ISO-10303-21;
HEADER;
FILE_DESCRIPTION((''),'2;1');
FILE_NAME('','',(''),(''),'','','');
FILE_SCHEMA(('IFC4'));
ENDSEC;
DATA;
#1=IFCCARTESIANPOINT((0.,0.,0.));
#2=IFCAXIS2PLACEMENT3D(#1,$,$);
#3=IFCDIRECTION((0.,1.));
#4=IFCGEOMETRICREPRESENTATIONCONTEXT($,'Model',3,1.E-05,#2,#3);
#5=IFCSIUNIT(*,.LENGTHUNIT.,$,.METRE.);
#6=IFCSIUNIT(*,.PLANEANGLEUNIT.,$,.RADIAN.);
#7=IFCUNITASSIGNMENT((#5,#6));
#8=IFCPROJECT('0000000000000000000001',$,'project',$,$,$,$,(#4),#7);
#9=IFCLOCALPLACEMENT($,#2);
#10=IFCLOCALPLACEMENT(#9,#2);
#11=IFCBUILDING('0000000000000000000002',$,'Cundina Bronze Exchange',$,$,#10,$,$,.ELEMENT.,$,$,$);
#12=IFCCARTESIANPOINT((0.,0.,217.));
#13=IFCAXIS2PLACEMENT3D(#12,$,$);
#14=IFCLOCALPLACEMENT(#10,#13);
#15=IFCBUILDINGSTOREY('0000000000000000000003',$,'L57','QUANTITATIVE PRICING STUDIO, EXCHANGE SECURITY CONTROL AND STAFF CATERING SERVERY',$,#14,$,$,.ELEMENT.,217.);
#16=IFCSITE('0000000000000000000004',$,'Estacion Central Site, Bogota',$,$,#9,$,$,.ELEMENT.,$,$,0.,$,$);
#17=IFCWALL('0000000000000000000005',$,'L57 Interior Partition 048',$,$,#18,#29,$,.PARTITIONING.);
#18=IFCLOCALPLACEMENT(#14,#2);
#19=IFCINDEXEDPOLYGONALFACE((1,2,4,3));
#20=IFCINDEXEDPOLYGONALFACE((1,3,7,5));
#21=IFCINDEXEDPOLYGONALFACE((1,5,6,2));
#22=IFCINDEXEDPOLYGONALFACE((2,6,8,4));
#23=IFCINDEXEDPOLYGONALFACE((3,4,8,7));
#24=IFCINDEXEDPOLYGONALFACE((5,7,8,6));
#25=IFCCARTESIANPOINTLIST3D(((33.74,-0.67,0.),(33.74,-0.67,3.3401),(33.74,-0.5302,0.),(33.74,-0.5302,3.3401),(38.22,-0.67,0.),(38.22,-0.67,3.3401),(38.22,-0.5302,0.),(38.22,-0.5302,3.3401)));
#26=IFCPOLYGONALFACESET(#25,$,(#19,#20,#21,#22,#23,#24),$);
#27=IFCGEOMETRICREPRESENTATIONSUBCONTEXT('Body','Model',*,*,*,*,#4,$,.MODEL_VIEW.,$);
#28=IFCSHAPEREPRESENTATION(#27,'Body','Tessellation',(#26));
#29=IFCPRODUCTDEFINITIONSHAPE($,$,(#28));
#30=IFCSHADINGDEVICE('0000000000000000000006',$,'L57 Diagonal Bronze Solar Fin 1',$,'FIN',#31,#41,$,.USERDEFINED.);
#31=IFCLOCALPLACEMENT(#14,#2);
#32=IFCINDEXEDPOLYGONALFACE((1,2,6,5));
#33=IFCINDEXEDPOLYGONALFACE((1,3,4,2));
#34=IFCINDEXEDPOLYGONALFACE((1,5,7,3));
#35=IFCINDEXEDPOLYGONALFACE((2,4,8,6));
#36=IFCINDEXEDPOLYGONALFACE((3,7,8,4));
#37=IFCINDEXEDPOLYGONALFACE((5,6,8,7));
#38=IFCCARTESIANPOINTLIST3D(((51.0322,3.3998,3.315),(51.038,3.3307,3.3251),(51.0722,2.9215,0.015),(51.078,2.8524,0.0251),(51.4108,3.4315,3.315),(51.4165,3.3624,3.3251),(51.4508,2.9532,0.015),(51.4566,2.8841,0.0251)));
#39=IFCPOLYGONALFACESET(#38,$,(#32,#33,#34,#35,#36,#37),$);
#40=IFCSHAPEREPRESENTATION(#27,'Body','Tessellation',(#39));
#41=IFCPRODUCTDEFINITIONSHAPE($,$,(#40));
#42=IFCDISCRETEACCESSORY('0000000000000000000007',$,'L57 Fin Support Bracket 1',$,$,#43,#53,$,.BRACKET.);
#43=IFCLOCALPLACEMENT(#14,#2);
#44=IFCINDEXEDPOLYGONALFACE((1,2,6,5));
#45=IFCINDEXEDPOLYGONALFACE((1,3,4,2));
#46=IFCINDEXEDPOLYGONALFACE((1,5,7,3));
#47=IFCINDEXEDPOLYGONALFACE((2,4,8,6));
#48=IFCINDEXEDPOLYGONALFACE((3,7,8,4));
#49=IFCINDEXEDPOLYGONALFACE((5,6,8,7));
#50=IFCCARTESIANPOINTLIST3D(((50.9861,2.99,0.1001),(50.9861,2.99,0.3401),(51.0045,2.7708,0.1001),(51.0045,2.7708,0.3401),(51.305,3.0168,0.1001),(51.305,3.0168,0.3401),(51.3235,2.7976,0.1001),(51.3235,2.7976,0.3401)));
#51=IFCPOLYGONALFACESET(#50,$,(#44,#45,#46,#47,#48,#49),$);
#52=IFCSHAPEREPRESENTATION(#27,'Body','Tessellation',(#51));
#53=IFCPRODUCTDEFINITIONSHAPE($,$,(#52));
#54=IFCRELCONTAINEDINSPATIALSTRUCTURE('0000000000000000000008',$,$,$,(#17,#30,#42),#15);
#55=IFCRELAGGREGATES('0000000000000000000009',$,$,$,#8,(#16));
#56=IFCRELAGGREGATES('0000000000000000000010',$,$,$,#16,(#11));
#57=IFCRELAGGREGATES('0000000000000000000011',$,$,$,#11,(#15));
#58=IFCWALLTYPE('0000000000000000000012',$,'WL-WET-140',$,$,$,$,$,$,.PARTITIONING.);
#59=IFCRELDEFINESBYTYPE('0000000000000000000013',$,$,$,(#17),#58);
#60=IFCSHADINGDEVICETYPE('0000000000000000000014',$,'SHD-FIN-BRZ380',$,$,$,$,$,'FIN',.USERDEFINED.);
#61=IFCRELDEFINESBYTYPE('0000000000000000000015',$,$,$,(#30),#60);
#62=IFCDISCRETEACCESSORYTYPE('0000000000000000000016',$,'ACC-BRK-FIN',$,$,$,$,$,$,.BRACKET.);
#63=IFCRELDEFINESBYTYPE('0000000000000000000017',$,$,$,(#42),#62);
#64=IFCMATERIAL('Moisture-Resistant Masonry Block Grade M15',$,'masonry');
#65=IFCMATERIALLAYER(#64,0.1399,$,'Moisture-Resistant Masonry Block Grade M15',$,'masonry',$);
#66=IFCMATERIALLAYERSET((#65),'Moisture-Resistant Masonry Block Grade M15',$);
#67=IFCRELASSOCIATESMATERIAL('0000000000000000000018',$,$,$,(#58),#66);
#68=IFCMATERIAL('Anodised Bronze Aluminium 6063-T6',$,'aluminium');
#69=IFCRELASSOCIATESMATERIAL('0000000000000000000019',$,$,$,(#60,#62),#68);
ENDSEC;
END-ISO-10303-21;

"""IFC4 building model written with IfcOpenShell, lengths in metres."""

from ifc_helpers import new_model, si_unit, direction, frame, frame_2d, origin, origin_2d, place, context, subcontext, project, spatial, rectangle, extrude, material, layer, layer_set, material_profile, profile_set, type_object, element, save


model = new_model("IFC4")

# Units and contexts
model_context = context("Model", 3, precision=1e-05, world=origin(), true_north=direction((0.0, 1.0)))
body_context = subcontext(model_context, "Body", "Model", "MODEL_VIEW")
ifc_project = project(units=[si_unit("LENGTHUNIT", "METRE"), si_unit("PLANEANGLEUNIT", "RADIAN")], contexts=[model_context])

# Site, building, storey
site_placement = place(None, origin())
site = spatial("IfcSite", under=ifc_project, at=site_placement, Name="Estacion Central Site, Bogota", CompositionType="ELEMENT", RefElevation=0.0)
building_placement = place(site_placement, origin())
building = spatial("IfcBuilding", under=site, at=building_placement, Name="Cundina Bronze Exchange", CompositionType="ELEMENT")
storey_placement = place(building_placement, frame((0.0, 0.0, 217.0)))
storey = spatial("IfcBuildingStorey", under=building, at=storey_placement, Name="L57", Description="QUANTITATIVE PRICING STUDIO, EXCHANGE SECURITY CONTROL AND STAFF CATERING SERVERY", CompositionType="ELEMENT", Elevation=217.0)

# Shared definitions
ifc_material_1 = material(Name="Anodised Bronze Aluminium 6063-T6", Category="aluminium")

# Wall
ifc_material_2 = material(Name="Moisture-Resistant Masonry Block Grade M15", Category="masonry")
ifc_layer_1 = layer(ifc_material_2, 0.1399, Name="Moisture-Resistant Masonry Block Grade M15", Category="masonry")
ifc_layer_set_1 = layer_set([ifc_layer_1], Name="Moisture-Resistant Masonry Block Grade M15")
wall_type_1 = type_object("IfcWallType", Name="WL-WET-140", PredefinedType="PARTITIONING", material=ifc_layer_set_1)
wall_1_placement = place(storey_placement, frame((33.74, -0.6001, 0.0), z_axis=(0.0, 0.0, 1.0), x_axis=(1.0, 0.0, 0.0)))
element("IfcWall", 1, at=wall_1_placement, inside=storey, type_object=wall_type_1, Name="L57 Interior Partition 048", PredefinedType="PARTITIONING", context=body_context, shape_type="SweptSolid", body=[
    extrude(rectangle(XDim=4.48, YDim=0.1399, at=frame_2d((2.24, 0.0))), origin(), (0.0, 0.0, 1.0), 3.3401),
])

# Shading device
ifc_material_profile_1 = material_profile(ifc_material_1, rectangle(XDim=0.0701, YDim=0.3799, at=origin_2d()), Name="FIN70X380", Category="aluminium")
ifc_profile_set_1 = profile_set([ifc_material_profile_1], Name="Anodised Bronze Aluminium 6063-T6")
shading_device_type = type_object("IfcShadingDeviceType", Name="SHD-FIN-BRZ380", ElementType="FIN", PredefinedType="USERDEFINED", material=ifc_profile_set_1)
shading_device_placement = place(storey_placement, frame((51.2644, 2.9028, 0.02), z_axis=(-0.012007, 0.14342, 0.989589), x_axis=(0.082556, -0.98614, 0.143921)))
element("IfcShadingDevice", 2, at=shading_device_placement, inside=storey, type_object=shading_device_type, Name="L57 Diagonal Bronze Solar Fin 1", ObjectType="FIN", PredefinedType="USERDEFINED", context=body_context, shape_type="SweptSolid", body=[
    extrude(rectangle(XDim=0.0701, YDim=0.3799, at=origin_2d()), origin(), (0.0, 0.0, 1.0), 3.3347),
])

# Discrete accessory
discrete_accessory_type = type_object("IfcDiscreteAccessoryType", Name="ACC-BRK-FIN", PredefinedType="BRACKET", material=ifc_material_1)
discrete_accessory_placement = place(storey_placement, frame((51.1548, 2.8938, 0.1001), z_axis=(0.0, 0.0, 1.0), x_axis=(-0.083747, 0.996487, 0.0)))
element("IfcDiscreteAccessory", 3, at=discrete_accessory_placement, inside=storey, type_object=discrete_accessory_type, Name="L57 Fin Support Bracket 1", PredefinedType="BRACKET", context=body_context, shape_type="SweptSolid", body=[
    extrude(rectangle(XDim=0.22, YDim=0.3201, at=origin_2d()), origin(), (0.0, 0.0, 1.0), 0.24),
])

save(model, "model.ifc")
